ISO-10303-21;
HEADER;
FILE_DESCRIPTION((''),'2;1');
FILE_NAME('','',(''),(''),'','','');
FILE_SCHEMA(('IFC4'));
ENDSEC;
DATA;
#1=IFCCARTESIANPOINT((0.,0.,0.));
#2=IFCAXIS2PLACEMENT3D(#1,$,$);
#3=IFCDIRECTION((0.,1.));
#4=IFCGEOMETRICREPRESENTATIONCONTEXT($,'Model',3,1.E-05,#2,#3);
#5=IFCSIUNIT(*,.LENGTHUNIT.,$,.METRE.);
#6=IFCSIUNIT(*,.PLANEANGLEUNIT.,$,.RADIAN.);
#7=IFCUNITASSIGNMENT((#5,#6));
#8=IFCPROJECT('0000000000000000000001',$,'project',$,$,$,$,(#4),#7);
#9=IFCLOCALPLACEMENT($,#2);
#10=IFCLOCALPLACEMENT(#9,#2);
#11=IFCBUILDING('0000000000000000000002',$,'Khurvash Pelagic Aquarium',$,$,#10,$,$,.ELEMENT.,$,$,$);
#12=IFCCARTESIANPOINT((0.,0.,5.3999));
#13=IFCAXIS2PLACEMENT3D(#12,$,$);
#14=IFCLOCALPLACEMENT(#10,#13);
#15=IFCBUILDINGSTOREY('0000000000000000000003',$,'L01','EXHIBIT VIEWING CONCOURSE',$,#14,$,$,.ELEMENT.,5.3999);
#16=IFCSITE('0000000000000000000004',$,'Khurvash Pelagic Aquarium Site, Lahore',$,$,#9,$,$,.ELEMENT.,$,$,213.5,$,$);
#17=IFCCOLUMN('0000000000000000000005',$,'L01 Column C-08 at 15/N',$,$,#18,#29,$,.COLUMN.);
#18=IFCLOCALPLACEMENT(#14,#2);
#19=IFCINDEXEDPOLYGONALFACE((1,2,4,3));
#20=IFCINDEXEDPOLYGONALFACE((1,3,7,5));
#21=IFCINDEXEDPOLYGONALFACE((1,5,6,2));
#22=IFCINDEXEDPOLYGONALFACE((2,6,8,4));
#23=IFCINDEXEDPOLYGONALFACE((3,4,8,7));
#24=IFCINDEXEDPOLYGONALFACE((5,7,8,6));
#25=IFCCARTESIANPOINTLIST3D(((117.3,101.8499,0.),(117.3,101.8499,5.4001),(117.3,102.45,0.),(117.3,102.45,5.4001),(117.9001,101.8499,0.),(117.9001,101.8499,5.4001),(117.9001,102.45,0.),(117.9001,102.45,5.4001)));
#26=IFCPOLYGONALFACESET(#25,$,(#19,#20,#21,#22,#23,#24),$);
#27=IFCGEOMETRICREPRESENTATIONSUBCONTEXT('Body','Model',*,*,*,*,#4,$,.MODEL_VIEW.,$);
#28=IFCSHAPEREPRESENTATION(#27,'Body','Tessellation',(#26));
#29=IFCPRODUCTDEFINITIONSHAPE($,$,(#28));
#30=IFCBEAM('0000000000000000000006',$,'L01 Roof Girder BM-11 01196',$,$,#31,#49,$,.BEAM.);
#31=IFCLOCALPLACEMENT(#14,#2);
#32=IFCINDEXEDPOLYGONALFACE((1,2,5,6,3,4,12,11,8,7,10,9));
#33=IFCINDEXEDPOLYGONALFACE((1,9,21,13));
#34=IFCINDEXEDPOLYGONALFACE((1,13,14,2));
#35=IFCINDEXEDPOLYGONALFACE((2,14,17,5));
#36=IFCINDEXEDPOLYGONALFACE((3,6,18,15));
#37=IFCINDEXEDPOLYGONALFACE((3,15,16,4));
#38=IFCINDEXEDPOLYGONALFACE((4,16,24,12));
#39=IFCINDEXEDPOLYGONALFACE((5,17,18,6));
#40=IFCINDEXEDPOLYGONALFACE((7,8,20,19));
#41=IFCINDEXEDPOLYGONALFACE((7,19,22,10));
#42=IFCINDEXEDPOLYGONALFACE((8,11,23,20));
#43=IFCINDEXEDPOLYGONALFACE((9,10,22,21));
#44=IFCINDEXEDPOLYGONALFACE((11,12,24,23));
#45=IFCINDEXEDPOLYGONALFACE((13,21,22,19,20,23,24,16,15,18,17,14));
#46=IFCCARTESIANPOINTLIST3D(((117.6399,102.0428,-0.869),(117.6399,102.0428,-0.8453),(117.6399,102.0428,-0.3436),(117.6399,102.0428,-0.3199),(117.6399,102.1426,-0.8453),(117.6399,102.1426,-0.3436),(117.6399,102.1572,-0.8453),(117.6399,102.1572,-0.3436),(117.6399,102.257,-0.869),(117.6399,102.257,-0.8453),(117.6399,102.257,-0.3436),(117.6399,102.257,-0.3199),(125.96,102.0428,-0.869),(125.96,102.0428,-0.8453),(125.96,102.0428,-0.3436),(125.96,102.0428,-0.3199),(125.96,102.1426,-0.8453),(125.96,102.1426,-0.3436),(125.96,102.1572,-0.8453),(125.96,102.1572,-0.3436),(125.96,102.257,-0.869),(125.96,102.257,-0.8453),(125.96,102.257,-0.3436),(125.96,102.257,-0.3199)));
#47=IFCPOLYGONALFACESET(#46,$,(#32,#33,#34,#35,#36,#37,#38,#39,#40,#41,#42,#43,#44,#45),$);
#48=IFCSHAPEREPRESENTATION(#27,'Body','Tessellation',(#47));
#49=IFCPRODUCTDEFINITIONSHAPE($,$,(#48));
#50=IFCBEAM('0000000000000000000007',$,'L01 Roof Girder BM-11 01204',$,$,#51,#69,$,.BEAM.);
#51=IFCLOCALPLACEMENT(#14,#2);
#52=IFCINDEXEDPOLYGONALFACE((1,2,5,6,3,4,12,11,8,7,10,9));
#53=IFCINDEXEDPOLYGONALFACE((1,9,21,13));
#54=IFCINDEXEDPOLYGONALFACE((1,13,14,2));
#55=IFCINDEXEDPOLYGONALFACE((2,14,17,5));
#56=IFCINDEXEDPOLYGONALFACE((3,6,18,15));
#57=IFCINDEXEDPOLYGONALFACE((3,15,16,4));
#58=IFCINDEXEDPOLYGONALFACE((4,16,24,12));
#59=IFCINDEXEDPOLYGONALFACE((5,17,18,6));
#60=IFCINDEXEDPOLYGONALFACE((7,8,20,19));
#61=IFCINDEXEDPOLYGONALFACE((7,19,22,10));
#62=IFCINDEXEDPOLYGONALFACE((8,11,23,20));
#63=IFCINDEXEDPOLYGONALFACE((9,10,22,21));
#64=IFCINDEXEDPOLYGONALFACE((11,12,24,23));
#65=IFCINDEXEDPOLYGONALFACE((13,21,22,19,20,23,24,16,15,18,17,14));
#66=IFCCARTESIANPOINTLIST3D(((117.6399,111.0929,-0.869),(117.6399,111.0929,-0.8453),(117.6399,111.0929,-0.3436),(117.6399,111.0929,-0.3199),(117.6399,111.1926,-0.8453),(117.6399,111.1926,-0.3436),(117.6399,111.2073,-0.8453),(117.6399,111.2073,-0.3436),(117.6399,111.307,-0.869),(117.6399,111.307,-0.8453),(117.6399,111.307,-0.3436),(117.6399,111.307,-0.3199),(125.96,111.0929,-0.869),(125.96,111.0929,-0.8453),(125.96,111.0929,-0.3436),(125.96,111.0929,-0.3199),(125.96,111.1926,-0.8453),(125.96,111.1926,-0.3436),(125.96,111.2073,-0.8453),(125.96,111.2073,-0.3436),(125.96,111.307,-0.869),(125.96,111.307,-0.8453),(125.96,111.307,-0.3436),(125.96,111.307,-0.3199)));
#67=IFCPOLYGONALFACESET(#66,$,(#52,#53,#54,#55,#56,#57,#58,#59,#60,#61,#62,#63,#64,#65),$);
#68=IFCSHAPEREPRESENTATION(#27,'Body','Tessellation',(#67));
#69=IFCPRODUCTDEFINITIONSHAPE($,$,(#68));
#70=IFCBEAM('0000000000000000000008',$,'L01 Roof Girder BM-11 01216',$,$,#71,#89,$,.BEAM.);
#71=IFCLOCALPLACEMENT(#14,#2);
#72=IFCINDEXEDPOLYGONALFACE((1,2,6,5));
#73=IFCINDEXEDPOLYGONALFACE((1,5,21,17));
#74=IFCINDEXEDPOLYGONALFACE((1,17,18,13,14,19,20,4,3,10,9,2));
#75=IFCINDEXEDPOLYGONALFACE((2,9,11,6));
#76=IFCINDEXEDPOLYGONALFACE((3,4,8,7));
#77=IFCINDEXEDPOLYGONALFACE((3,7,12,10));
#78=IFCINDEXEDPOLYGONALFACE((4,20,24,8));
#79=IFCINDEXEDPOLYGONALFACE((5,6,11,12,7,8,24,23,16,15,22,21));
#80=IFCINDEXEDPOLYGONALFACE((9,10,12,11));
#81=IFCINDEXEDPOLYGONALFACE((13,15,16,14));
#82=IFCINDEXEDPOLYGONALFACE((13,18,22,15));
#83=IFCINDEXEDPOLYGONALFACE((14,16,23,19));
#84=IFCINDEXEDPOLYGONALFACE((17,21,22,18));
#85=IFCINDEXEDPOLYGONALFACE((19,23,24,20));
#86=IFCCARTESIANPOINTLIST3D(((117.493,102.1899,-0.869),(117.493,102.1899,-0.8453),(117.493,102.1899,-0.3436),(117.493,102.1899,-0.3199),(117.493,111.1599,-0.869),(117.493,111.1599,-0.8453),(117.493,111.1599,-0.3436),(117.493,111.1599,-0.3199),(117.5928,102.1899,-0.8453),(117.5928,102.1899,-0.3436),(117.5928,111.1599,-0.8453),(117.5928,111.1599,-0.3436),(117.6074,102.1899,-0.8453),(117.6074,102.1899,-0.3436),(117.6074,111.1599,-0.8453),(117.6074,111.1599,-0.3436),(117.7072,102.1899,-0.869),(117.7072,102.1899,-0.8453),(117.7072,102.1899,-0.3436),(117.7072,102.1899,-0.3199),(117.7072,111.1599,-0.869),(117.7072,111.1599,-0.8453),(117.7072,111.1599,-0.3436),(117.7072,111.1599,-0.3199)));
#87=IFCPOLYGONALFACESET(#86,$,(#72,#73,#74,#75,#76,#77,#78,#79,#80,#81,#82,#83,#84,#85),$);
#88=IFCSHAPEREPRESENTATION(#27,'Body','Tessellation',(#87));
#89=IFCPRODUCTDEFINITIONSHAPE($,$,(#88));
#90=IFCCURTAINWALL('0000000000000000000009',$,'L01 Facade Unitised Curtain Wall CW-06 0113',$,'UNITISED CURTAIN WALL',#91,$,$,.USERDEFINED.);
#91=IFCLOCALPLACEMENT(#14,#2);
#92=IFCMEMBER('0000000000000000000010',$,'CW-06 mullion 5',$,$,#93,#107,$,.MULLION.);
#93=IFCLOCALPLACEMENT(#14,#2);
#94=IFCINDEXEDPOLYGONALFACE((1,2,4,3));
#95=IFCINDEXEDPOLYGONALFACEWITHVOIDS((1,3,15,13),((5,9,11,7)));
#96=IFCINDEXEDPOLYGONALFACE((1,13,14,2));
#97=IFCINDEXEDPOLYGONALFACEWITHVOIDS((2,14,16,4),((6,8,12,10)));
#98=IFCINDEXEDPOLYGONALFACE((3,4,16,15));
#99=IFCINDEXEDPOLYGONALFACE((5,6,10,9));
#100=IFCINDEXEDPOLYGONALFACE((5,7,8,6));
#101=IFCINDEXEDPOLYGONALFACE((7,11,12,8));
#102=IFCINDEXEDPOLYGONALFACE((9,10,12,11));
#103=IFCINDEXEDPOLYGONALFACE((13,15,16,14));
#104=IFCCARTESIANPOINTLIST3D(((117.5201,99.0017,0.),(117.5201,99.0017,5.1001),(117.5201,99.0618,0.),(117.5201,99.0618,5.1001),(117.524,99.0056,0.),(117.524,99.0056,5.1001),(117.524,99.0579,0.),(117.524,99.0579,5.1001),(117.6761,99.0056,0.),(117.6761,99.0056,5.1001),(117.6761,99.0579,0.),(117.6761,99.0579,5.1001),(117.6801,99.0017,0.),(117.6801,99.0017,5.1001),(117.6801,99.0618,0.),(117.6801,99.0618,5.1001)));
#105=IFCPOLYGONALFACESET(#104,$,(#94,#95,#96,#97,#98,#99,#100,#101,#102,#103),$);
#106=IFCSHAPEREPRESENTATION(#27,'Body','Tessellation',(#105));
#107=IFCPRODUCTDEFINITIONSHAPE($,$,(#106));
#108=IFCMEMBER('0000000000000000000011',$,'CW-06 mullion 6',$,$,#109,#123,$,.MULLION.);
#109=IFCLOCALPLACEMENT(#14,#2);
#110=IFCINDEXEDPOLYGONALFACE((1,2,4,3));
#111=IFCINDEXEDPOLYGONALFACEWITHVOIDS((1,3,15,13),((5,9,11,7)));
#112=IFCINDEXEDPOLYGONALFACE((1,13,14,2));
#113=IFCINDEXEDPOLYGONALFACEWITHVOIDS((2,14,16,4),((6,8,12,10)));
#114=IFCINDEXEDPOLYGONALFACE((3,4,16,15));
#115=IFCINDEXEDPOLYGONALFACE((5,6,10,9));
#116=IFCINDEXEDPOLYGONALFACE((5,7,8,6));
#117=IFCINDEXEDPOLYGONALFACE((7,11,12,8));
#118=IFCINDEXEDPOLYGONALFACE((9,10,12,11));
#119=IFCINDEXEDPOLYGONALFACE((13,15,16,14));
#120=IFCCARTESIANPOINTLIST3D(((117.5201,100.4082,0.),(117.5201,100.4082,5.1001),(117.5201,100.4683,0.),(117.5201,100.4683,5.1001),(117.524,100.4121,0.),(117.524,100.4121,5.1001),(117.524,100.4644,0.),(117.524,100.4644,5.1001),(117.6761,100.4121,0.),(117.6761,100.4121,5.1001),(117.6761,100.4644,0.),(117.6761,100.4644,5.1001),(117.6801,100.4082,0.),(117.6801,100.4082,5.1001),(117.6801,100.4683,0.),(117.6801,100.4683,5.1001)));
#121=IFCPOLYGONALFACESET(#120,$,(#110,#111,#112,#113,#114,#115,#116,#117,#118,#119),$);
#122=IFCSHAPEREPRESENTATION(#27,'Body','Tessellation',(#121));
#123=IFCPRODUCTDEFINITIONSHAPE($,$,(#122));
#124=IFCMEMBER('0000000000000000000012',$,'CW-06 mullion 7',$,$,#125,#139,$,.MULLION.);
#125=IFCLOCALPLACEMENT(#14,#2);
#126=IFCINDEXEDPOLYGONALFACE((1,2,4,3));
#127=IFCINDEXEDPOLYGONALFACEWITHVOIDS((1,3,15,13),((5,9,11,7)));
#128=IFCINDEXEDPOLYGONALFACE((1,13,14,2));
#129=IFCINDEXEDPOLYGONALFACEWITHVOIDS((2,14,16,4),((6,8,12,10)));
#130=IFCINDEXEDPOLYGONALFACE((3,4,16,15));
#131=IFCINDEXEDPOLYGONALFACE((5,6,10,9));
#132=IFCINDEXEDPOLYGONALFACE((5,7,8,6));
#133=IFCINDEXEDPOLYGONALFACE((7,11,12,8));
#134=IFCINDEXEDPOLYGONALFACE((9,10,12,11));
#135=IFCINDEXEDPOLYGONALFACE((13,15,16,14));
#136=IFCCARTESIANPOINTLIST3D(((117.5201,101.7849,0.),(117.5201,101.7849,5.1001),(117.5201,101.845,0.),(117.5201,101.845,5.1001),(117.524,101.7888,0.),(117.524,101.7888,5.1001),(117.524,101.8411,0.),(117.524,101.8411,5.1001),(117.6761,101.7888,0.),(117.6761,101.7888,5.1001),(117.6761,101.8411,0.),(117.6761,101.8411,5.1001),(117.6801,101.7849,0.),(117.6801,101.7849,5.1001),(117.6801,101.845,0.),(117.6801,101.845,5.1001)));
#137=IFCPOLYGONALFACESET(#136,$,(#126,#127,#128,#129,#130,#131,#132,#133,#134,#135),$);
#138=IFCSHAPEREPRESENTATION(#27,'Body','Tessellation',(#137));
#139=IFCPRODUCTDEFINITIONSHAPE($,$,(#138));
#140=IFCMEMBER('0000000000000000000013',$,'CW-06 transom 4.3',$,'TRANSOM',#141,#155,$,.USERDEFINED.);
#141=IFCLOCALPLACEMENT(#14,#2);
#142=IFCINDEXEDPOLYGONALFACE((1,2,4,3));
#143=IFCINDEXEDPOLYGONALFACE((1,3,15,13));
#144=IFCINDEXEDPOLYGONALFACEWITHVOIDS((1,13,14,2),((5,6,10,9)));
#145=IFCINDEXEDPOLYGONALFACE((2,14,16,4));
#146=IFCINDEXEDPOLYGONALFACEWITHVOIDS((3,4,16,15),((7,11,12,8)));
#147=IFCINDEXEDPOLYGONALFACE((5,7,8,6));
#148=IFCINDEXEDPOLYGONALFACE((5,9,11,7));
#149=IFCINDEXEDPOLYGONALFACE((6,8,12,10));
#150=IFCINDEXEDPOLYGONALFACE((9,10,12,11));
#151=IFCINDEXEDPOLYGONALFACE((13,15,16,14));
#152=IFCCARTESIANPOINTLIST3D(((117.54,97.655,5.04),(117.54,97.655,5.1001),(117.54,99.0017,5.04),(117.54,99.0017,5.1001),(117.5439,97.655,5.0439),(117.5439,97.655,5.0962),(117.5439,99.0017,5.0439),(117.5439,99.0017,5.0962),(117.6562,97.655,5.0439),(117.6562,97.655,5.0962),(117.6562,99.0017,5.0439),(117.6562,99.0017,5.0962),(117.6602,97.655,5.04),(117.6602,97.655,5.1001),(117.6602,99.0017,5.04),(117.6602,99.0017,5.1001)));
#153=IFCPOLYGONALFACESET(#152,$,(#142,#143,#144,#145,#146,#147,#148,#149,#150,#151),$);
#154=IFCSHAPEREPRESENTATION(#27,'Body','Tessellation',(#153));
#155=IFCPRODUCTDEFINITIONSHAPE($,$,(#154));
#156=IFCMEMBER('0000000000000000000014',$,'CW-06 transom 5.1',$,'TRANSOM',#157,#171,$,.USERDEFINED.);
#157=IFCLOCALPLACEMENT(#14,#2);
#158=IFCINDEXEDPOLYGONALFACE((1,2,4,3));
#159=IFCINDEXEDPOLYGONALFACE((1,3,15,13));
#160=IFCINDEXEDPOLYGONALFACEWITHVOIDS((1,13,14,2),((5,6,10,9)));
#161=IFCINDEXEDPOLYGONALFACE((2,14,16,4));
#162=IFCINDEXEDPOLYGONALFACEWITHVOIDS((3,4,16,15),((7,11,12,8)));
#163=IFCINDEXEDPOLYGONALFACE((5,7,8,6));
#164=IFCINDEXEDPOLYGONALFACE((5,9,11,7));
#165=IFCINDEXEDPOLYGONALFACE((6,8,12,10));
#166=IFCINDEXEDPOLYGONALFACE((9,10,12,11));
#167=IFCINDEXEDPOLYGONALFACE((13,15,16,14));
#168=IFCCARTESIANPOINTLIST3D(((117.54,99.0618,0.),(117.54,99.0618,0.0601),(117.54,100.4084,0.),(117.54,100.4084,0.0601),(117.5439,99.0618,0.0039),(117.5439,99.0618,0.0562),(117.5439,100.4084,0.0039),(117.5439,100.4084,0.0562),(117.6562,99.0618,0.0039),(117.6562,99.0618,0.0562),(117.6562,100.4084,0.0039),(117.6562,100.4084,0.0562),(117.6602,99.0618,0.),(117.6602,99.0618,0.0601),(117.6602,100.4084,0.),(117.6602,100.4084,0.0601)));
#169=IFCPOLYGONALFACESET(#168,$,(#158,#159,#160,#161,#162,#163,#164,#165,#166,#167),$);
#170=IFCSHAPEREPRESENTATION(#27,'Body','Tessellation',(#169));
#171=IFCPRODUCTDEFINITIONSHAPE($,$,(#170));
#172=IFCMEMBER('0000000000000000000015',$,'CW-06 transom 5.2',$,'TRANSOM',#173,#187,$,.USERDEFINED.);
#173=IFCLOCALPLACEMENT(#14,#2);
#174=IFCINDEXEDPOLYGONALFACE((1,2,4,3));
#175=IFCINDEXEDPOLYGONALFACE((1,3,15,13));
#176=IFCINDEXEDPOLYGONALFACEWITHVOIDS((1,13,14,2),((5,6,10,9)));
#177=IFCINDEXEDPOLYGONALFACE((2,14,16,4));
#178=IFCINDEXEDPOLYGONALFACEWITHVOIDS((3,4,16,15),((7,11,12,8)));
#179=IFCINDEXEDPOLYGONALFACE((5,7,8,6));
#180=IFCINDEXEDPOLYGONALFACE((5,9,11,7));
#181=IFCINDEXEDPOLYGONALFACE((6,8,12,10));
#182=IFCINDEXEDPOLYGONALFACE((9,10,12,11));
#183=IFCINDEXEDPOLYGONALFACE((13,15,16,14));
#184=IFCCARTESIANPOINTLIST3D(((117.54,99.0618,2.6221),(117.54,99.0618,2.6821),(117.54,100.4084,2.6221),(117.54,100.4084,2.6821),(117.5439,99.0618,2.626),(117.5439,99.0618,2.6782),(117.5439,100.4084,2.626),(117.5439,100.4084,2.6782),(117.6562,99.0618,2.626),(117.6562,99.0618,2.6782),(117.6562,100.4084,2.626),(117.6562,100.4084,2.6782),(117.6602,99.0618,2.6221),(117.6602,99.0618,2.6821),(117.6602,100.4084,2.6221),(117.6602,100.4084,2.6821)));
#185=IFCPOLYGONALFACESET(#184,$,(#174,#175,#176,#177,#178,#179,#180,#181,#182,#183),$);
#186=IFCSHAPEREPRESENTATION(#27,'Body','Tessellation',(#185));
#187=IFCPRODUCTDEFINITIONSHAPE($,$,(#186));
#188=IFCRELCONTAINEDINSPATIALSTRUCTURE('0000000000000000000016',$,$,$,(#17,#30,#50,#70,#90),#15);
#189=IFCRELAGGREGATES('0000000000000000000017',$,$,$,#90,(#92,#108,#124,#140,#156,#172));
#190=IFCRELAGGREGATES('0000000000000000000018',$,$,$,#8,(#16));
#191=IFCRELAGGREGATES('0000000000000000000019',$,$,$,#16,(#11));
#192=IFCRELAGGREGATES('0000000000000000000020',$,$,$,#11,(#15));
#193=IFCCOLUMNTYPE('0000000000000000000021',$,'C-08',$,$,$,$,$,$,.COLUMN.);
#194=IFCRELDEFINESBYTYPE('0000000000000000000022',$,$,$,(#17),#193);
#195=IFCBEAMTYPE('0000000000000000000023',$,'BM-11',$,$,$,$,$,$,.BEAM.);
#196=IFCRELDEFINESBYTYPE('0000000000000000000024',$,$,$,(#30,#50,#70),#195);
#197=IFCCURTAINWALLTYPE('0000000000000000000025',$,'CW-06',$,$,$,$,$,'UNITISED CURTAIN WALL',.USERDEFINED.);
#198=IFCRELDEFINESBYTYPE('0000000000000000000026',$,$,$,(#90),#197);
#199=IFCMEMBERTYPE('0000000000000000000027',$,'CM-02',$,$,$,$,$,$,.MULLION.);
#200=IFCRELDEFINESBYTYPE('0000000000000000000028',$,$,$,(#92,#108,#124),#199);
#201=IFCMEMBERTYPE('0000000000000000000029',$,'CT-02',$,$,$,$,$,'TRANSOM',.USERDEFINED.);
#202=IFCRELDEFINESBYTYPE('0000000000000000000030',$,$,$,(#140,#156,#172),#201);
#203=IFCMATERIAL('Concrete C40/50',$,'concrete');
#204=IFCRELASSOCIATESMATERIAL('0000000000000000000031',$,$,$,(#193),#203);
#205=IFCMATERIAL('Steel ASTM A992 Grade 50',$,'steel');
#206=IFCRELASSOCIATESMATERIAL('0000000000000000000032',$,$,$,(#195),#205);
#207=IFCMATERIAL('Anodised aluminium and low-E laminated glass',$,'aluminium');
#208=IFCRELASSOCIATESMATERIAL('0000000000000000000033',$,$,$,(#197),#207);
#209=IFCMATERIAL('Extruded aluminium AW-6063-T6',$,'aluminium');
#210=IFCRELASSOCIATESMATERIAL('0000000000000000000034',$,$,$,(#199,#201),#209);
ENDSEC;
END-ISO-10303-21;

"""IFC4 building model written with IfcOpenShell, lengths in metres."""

from ifc_helpers import new_model, si_unit, direction, frame, origin, origin_2d, place, context, subcontext, project, spatial, rectangle, hollow_rectangle, i_section, extrude, material, material_profile, profile_set, type_object, element, aggregate, save


model = new_model("IFC4")

# Units and contexts
model_context = context("Model", 3, precision=1e-05, world=origin(), true_north=direction((0.0, 1.0)))
body_context = subcontext(model_context, "Body", "Model", "MODEL_VIEW")
ifc_project = project(units=[si_unit("LENGTHUNIT", "METRE"), si_unit("PLANEANGLEUNIT", "RADIAN")], contexts=[model_context])

# Site, building, storey
site_placement = place(None, origin())
site = spatial("IfcSite", under=ifc_project, at=site_placement, Name="Khurvash Pelagic Aquarium Site, Lahore", CompositionType="ELEMENT", RefElevation=213.5)
building_placement = place(site_placement, origin())
building = spatial("IfcBuilding", under=site, at=building_placement, Name="Khurvash Pelagic Aquarium", CompositionType="ELEMENT")
storey_placement = place(building_placement, frame((0.0, 0.0, 5.3999)))
storey = spatial("IfcBuildingStorey", under=building, at=storey_placement, Name="L01", Description="EXHIBIT VIEWING CONCOURSE", CompositionType="ELEMENT", Elevation=5.3999)

# Column
ifc_material_1 = material(Name="Concrete C40/50", Category="concrete")
ifc_material_profile_1 = material_profile(ifc_material_1, rectangle(XDim=0.6001, YDim=0.6001, at=origin_2d()), Name="RC600X600")
ifc_profile_set_1 = profile_set([ifc_material_profile_1], Name="Concrete C40/50")
column_type = type_object("IfcColumnType", Name="C-08", PredefinedType="COLUMN", material=ifc_profile_set_1)
column_placement = place(storey_placement, frame((117.6001, 102.1499, 0.0), z_axis=(0.0, 0.0, 1.0), x_axis=(1.0, 0.0, 0.0)))
element("IfcColumn", 1, at=column_placement, inside=storey, type_object=column_type, Name="L01 Column C-08 at 15/N", PredefinedType="COLUMN", context=body_context, shape_type="SweptSolid", body=[
    extrude(rectangle(XDim=0.6001, YDim=0.6001, at=origin_2d()), origin(), (0.0, 0.0, 1.0), 5.4001),
])

# Beams
ifc_material_2 = material(Name="Steel ASTM A992 Grade 50", Category="steel")
ifc_material_profile_2 = material_profile(ifc_material_2, i_section(OverallWidth=0.2141, OverallDepth=0.5491, WebThickness=0.0146, FlangeThickness=0.0237, at=origin_2d()), Name="W21X93")
ifc_profile_set_2 = profile_set([ifc_material_profile_2], Name="Steel ASTM A992 Grade 50")
beam_type = type_object("IfcBeamType", Name="BM-11", PredefinedType="BEAM", material=ifc_profile_set_2)
for number, where, z_axis, x_axis, name in (
    (2, (117.6399, 102.1499, -0.5945), (1.0, 0.0, 0.0), (0.0, 1.0, 0.0), "L01 Roof Girder BM-11 01196"),
    (3, (117.6399, 111.2, -0.5945), (1.0, 0.0, 0.0), (0.0, 1.0, 0.0), "L01 Roof Girder BM-11 01204"),
):
    element("IfcBeam", number, at=place(storey_placement, frame(where, z_axis=z_axis, x_axis=x_axis)), inside=storey, type_object=beam_type, Name=name, PredefinedType="BEAM", context=body_context, shape_type="SweptSolid", body=[
        extrude(i_section(OverallWidth=0.2141, OverallDepth=0.5491, WebThickness=0.0146, FlangeThickness=0.0237, at=origin_2d()), origin(), (0.0, 0.0, 1.0), 8.3201),
    ])
beam_placement = place(storey_placement, frame((117.6001, 102.1899, -0.5945), z_axis=(0.0, 1.0, 0.0), x_axis=(-1.0, 0.0, 0.0)))
element("IfcBeam", 4, at=beam_placement, inside=storey, type_object=beam_type, Name="L01 Roof Girder BM-11 01216", PredefinedType="BEAM", context=body_context, shape_type="SweptSolid", body=[
    extrude(i_section(OverallWidth=0.2141, OverallDepth=0.5491, WebThickness=0.0146, FlangeThickness=0.0237, at=origin_2d()), origin(), (0.0, 0.0, 1.0), 8.97),
])

# Curtain wall, members
ifc_material_3 = material(Name="Anodised aluminium and low-E laminated glass", Category="aluminium")
curtain_wall_type = type_object("IfcCurtainWallType", Name="CW-06", ElementType="UNITISED CURTAIN WALL", PredefinedType="USERDEFINED", material=ifc_material_3)
curtain_wall_placement = place(storey_placement, origin())
curtain_wall = element("IfcCurtainWall", 5, at=curtain_wall_placement, inside=storey, type_object=curtain_wall_type, Name="L01 Facade Unitised Curtain Wall CW-06 0113", ObjectType="UNITISED CURTAIN WALL", PredefinedType="USERDEFINED")
ifc_material_4 = material(Name="Extruded aluminium AW-6063-T6", Category="aluminium")
ifc_material_profile_3 = material_profile(ifc_material_4, hollow_rectangle(XDim=0.0601, YDim=0.1599, WallThickness=0.0039, at=origin_2d()), Name="CWM60X160X4")
ifc_profile_set_3 = profile_set([ifc_material_profile_3], Name="Extruded aluminium AW-6063-T6")
member_type_1 = type_object("IfcMemberType", Name="CM-02", PredefinedType="MULLION", material=ifc_profile_set_3)
member_1_placement = place(storey_placement, frame((117.6001, 99.0317, 0.0), z_axis=(0.0, 0.0, 1.0), x_axis=(0.0, 1.0, 0.0)))
member_1 = element("IfcMember", 6, at=member_1_placement, type_object=member_type_1, Name="CW-06 mullion 5", PredefinedType="MULLION", context=body_context, shape_type="SweptSolid", body=[
    extrude(hollow_rectangle(XDim=0.0601, YDim=0.1599, WallThickness=0.0039, at=origin_2d()), origin(), (0.0, 0.0, 1.0), 5.1001),
])
member_2_placement = place(storey_placement, frame((117.6001, 100.4382, 0.0), z_axis=(0.0, 0.0, 1.0), x_axis=(0.0, 1.0, 0.0)))
member_2 = element("IfcMember", 7, at=member_2_placement, type_object=member_type_1, Name="CW-06 mullion 6", PredefinedType="MULLION", context=body_context, shape_type="SweptSolid", body=[
    extrude(hollow_rectangle(XDim=0.0601, YDim=0.1599, WallThickness=0.0039, at=origin_2d()), origin(), (0.0, 0.0, 1.0), 5.1001),
])
member_3_placement = place(storey_placement, frame((117.6001, 101.8149, 0.0), z_axis=(0.0, 0.0, 1.0), x_axis=(0.0, 1.0, 0.0)))
member_3 = element("IfcMember", 8, at=member_3_placement, type_object=member_type_1, Name="CW-06 mullion 7", PredefinedType="MULLION", context=body_context, shape_type="SweptSolid", body=[
    extrude(hollow_rectangle(XDim=0.0601, YDim=0.1599, WallThickness=0.0039, at=origin_2d()), origin(), (0.0, 0.0, 1.0), 5.1001),
])
ifc_material_profile_4 = material_profile(ifc_material_4, hollow_rectangle(XDim=0.1201, YDim=0.0601, WallThickness=0.0039, at=origin_2d()), Name="CWT120X60X4")
ifc_profile_set_4 = profile_set([ifc_material_profile_4], Name="Extruded aluminium AW-6063-T6")
member_type_2 = type_object("IfcMemberType", Name="CT-02", ElementType="TRANSOM", PredefinedType="USERDEFINED", material=ifc_profile_set_4)
member_4_placement = place(storey_placement, frame((117.6001, 97.655, 5.0701), z_axis=(0.0, 1.0, 0.0), x_axis=(-1.0, 0.0, 0.0)))
member_4 = element("IfcMember", 9, at=member_4_placement, type_object=member_type_2, Name="CW-06 transom 4.3", ObjectType="TRANSOM", PredefinedType="USERDEFINED", context=body_context, shape_type="SweptSolid", body=[
    extrude(hollow_rectangle(XDim=0.1201, YDim=0.0601, WallThickness=0.0039, at=origin_2d()), origin(), (0.0, 0.0, 1.0), 1.3467),
])
member_5_placement = place(storey_placement, frame((117.6001, 99.0618, 0.03), z_axis=(0.0, 1.0, 0.0), x_axis=(-1.0, 0.0, 0.0)))
member_5 = element("IfcMember", 10, at=member_5_placement, type_object=member_type_2, Name="CW-06 transom 5.1", ObjectType="TRANSOM", PredefinedType="USERDEFINED", context=body_context, shape_type="SweptSolid", body=[
    extrude(hollow_rectangle(XDim=0.1201, YDim=0.0601, WallThickness=0.0039, at=origin_2d()), origin(), (0.0, 0.0, 1.0), 1.3467),
])
member_6_placement = place(storey_placement, frame((117.6001, 99.0618, 2.6521), z_axis=(0.0, 1.0, 0.0), x_axis=(-1.0, 0.0, 0.0)))
member_6 = element("IfcMember", 11, at=member_6_placement, type_object=member_type_2, Name="CW-06 transom 5.2", ObjectType="TRANSOM", PredefinedType="USERDEFINED", context=body_context, shape_type="SweptSolid", body=[
    extrude(hollow_rectangle(XDim=0.1201, YDim=0.0601, WallThickness=0.0039, at=origin_2d()), origin(), (0.0, 0.0, 1.0), 1.3467),
])
aggregate(curtain_wall, [member_1, member_2, member_3, member_4, member_5, member_6])

save(model, "model.ifc")
